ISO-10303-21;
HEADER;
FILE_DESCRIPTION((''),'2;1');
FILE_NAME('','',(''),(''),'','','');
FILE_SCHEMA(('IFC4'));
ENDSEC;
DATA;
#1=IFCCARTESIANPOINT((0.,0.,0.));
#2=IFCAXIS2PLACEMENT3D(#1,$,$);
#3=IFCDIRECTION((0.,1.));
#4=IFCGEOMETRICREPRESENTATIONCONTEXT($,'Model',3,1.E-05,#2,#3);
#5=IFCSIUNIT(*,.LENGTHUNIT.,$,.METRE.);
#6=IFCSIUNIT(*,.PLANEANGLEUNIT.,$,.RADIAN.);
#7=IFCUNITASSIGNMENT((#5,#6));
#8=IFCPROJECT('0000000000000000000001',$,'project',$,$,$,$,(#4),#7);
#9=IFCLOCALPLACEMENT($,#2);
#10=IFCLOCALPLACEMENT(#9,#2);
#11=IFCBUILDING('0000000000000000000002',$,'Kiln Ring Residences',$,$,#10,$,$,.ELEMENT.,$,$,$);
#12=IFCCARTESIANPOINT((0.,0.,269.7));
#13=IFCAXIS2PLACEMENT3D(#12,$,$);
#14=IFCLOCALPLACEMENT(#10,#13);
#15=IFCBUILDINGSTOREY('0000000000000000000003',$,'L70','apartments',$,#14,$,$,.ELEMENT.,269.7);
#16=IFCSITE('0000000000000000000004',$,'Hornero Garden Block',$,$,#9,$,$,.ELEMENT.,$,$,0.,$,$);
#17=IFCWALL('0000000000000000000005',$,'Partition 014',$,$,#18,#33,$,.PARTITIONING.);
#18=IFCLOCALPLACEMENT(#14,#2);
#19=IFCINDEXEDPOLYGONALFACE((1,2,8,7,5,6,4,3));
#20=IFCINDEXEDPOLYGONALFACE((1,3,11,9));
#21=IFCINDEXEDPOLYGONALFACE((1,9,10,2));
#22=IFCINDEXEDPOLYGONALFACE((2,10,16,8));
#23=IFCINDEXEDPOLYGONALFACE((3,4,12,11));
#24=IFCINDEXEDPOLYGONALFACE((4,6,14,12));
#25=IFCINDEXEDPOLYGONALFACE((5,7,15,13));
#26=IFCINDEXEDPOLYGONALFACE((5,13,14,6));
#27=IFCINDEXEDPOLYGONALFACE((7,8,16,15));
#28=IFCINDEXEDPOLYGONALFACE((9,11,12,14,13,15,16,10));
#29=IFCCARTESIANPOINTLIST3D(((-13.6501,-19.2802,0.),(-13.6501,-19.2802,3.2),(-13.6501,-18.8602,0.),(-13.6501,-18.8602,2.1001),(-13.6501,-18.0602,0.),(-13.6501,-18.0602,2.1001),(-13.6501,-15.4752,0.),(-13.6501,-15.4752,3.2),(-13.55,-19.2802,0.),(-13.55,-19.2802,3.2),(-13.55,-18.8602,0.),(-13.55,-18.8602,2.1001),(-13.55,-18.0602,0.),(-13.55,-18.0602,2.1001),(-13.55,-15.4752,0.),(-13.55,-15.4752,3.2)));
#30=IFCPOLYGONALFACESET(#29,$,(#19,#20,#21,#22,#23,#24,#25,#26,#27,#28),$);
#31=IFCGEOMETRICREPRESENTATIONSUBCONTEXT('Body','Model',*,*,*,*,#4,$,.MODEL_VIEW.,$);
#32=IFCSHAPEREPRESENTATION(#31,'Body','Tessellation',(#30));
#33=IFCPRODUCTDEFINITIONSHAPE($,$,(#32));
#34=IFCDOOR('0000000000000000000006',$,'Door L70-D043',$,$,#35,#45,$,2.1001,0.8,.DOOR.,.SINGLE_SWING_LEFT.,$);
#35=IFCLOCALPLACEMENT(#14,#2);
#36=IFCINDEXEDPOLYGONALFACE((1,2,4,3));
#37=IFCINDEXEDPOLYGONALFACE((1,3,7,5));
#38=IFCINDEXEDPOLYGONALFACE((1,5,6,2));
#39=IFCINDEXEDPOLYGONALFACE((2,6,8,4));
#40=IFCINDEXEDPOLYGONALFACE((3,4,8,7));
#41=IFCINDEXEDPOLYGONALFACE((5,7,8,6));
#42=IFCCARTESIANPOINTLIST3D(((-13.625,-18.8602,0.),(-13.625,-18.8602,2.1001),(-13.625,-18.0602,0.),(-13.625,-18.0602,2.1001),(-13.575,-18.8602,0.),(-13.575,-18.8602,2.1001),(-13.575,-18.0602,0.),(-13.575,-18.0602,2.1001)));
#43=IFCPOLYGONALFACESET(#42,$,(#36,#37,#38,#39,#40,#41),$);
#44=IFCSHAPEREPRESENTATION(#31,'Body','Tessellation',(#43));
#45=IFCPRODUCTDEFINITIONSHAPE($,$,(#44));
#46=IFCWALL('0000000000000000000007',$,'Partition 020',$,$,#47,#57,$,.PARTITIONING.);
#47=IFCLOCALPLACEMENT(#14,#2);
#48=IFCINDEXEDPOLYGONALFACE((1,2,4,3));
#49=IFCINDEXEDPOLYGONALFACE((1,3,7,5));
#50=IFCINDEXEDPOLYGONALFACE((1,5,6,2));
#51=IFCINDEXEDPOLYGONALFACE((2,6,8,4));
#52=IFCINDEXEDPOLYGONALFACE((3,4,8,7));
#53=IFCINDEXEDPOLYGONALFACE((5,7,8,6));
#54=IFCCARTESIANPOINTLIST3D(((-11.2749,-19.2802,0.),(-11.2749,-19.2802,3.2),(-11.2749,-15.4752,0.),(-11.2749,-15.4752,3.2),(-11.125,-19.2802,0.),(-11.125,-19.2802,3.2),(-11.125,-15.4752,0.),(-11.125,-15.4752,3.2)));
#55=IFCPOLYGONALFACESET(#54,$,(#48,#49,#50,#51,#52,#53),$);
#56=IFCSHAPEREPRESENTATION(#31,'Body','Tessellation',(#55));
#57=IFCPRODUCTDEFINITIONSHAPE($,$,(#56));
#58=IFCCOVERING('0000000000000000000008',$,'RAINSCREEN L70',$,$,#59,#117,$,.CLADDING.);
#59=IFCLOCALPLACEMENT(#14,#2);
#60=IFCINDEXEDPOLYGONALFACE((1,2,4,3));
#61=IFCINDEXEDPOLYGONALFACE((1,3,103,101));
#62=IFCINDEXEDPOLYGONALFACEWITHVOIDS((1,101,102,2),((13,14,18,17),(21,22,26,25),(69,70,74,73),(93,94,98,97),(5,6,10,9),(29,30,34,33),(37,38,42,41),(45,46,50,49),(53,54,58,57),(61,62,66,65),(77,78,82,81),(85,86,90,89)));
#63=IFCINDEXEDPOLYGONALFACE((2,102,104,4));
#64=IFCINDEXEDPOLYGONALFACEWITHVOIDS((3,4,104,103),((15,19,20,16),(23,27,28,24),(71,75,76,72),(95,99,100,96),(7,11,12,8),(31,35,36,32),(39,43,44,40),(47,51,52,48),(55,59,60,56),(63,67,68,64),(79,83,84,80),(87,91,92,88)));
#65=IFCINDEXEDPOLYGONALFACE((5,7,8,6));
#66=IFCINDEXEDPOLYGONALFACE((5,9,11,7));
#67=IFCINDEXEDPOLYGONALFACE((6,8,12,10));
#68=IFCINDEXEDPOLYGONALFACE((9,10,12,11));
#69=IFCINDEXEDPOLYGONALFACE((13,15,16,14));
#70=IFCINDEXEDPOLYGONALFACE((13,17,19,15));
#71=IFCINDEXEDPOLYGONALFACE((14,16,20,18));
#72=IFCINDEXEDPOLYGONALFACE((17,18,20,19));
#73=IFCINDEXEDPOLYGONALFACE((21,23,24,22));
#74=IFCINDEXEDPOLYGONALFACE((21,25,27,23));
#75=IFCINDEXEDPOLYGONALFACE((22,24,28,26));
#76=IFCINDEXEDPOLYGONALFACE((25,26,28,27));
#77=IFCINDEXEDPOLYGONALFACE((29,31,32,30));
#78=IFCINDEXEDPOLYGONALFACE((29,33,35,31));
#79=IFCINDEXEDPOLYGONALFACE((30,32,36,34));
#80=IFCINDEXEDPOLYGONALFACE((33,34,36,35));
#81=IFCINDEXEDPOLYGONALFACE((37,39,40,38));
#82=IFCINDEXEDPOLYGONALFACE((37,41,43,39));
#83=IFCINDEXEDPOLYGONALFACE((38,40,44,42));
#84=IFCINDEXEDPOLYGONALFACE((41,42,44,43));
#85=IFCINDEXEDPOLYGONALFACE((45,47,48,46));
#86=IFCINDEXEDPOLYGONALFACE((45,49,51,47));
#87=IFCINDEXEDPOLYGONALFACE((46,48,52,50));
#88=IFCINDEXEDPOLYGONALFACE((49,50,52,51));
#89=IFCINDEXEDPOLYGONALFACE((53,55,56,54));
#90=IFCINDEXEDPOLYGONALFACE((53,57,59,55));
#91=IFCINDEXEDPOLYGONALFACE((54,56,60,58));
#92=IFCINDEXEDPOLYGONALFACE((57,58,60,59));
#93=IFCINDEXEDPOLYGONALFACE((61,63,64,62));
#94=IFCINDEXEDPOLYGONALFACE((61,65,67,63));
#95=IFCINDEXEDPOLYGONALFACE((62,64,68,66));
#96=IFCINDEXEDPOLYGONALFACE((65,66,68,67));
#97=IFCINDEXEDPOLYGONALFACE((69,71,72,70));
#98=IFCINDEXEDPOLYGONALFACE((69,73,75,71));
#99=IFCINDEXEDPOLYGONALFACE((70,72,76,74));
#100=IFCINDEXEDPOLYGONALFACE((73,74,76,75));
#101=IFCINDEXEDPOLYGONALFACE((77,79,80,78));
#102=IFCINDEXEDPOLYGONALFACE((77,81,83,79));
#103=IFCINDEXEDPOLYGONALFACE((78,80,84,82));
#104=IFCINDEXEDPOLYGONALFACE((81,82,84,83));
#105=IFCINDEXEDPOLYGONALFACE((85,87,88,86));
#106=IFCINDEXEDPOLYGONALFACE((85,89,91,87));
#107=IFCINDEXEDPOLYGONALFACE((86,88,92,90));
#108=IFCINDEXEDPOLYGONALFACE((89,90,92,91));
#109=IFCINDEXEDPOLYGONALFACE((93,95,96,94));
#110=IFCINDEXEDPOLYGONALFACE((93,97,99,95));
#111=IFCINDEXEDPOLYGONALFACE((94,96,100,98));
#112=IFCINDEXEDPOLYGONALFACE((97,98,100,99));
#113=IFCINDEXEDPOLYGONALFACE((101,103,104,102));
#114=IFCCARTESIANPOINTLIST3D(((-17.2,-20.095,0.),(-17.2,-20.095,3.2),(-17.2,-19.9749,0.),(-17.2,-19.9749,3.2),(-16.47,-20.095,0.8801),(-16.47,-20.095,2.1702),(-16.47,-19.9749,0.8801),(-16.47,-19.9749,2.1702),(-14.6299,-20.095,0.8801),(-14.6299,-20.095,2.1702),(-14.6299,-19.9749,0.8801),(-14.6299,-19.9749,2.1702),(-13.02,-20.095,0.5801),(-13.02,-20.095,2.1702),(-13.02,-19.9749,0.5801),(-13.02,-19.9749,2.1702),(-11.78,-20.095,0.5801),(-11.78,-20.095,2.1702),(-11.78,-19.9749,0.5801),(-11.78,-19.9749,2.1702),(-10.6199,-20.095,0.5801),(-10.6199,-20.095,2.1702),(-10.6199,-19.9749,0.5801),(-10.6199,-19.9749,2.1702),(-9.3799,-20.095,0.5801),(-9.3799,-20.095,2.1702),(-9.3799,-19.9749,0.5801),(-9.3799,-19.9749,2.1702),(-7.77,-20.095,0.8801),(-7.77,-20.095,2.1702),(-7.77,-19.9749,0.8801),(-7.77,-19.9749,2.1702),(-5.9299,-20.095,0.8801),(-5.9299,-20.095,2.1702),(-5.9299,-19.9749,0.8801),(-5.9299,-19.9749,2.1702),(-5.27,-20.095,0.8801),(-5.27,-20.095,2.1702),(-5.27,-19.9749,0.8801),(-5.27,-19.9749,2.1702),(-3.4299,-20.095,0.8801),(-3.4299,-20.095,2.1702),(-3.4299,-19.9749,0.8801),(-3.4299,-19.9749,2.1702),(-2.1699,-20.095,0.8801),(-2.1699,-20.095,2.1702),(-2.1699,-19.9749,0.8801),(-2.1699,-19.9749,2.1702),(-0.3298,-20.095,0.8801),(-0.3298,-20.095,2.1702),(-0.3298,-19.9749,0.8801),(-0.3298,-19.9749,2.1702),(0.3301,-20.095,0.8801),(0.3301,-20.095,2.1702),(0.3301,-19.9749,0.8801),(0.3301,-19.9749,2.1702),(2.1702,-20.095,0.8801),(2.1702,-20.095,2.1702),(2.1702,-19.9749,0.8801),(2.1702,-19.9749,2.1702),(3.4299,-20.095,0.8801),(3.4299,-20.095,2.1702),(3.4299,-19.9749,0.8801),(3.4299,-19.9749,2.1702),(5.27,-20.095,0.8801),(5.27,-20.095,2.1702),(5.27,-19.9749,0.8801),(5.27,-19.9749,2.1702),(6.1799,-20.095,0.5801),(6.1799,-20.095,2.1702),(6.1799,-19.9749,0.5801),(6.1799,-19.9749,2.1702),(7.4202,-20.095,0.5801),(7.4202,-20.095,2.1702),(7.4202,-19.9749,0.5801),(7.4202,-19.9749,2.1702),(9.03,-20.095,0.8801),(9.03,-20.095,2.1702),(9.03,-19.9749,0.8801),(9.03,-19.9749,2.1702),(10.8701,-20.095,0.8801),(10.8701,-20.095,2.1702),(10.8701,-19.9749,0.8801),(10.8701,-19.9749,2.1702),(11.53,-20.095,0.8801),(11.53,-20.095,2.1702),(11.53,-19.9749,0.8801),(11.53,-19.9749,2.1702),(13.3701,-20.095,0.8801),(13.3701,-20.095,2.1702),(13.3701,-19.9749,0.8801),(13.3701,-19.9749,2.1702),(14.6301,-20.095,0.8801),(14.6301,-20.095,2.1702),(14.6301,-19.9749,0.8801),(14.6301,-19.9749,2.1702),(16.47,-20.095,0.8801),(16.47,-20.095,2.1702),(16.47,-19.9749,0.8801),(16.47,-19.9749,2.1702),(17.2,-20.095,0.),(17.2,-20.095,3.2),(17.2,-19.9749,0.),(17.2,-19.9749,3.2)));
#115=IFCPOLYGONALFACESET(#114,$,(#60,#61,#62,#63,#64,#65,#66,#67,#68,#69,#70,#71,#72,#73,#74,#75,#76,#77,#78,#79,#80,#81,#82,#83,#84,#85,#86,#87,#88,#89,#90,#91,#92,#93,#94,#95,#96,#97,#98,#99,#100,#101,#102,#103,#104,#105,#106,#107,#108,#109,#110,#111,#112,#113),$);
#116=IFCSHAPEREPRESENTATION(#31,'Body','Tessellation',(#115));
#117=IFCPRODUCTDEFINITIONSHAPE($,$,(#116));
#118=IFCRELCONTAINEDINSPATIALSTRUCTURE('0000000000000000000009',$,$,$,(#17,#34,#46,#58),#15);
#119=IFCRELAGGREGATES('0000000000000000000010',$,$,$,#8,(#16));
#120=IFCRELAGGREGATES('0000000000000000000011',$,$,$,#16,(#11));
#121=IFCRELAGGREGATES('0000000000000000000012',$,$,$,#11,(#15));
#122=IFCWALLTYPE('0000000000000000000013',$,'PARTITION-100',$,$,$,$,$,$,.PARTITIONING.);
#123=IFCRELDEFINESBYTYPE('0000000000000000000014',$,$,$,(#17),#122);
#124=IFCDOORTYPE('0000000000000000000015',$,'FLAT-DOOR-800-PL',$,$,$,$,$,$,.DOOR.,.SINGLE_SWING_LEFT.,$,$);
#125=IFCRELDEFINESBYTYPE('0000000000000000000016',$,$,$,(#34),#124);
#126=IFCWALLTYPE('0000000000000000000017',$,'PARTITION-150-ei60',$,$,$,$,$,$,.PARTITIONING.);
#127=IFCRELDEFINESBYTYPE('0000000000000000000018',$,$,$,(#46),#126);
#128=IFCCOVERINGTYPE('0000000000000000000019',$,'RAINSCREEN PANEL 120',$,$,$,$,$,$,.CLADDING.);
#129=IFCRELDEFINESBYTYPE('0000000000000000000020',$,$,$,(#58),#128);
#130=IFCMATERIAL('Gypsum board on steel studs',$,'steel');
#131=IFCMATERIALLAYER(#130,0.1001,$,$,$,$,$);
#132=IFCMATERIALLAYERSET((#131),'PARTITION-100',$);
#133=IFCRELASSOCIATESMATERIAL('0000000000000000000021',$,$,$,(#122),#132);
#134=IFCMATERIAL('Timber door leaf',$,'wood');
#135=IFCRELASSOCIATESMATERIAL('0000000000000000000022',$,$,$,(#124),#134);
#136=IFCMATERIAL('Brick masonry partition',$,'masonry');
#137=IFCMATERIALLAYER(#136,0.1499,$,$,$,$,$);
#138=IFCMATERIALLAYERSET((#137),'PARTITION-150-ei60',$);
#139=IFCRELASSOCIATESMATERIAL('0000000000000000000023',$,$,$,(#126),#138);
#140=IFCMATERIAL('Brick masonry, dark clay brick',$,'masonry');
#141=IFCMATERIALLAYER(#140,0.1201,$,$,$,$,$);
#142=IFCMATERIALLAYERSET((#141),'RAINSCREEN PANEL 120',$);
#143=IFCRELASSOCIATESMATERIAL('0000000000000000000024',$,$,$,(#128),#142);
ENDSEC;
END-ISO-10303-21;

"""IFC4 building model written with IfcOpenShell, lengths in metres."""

from ifc_helpers import new_model, si_unit, direction, frame, frame_2d, origin, place, context, subcontext, project, spatial, polyline, rectangle, outline, extrude, material, layer, layer_set, type_object, element, fill, save


model = new_model("IFC4")

# Units and contexts
model_context = context("Model", 3, precision=1e-05, world=origin(), true_north=direction((0.0, 1.0)))
body_context = subcontext(model_context, "Body", "Model", "MODEL_VIEW")
ifc_project = project(units=[si_unit("LENGTHUNIT", "METRE"), si_unit("PLANEANGLEUNIT", "RADIAN")], contexts=[model_context])

# Site, building, storey
site_placement = place(None, origin())
site = spatial("IfcSite", under=ifc_project, at=site_placement, Name="Hornero Garden Block", CompositionType="ELEMENT", RefElevation=0.0)
building_placement = place(site_placement, origin())
building = spatial("IfcBuilding", under=site, at=building_placement, Name="Kiln Ring Residences", CompositionType="ELEMENT")
storey_placement = place(building_placement, frame((0.0, 0.0, 269.7)))
storey = spatial("IfcBuildingStorey", under=building, at=storey_placement, Name="L70", Description="apartments", CompositionType="ELEMENT", Elevation=269.7)

# Wall, opening, door
ifc_material_1 = material(Name="Gypsum board on steel studs", Category="steel")
ifc_layer_1 = layer(ifc_material_1, 0.1001)
ifc_layer_set_1 = layer_set([ifc_layer_1], Name="PARTITION-100")
wall_type_1 = type_object("IfcWallType", Name="PARTITION-100", PredefinedType="PARTITIONING", material=ifc_layer_set_1)
wall_1_placement = place(storey_placement, frame((-13.6001, -19.28, 0.0), z_axis=(0.0, 0.0, 1.0), x_axis=(0.0, 1.0, 0.0)))
wall_1 = element("IfcWall", 1, at=wall_1_placement, inside=storey, type_object=wall_type_1, Name="Partition 014", PredefinedType="PARTITIONING", context=body_context, shape_type="SweptSolid", body=[
    extrude(rectangle(XDim=3.8049, YDim=0.1001, at=frame_2d((1.9023, 0.0))), origin(), (0.0, 0.0, 1.0), 3.2),
])
opening_1_placement = place(wall_1_placement, frame((0.4199, 0.0, 0.0)))
opening_1 = element("IfcOpeningElement", 2, at=opening_1_placement, cuts=wall_1, PredefinedType="OPENING", context=body_context, shape_type="SweptSolid", body=[
    extrude(rectangle(XDim=0.8, YDim=2.1001, at=frame_2d((0.3999, 1.05))), frame((0.0, 0.0601, 0.0), z_axis=(0.0, -1.0, 0.0), x_axis=(1.0, 0.0, 0.0)), (0.0, 0.0, 1.0), 0.1201),
])
ifc_material_2 = material(Name="Timber door leaf", Category="wood")
door_type_1 = type_object("IfcDoorType", Name="FLAT-DOOR-800-PL", OperationType="SINGLE_SWING_LEFT", PredefinedType="DOOR", material=ifc_material_2)
door_1_placement = place(opening_1_placement, origin())
door_1 = element("IfcDoor", 3, at=door_1_placement, inside=storey, type_object=door_type_1, Name="Door L70-D043", OperationType="SINGLE_SWING_LEFT", OverallHeight=2.1001, OverallWidth=0.8, PredefinedType="DOOR", context=body_context, shape_type="SweptSolid", body=[
    extrude(rectangle(XDim=0.8, YDim=2.1001, at=frame_2d((0.3999, 1.05))), frame((0.0, 0.0249, 0.0), z_axis=(0.0, -1.0, 0.0), x_axis=(1.0, 0.0, 0.0)), (0.0, 0.0, 1.0), 0.05),
])
fill(opening_1, door_1)

# Wall
ifc_material_3 = material(Name="Brick masonry partition", Category="masonry")
ifc_layer_2 = layer(ifc_material_3, 0.1499)
ifc_layer_set_2 = layer_set([ifc_layer_2], Name="PARTITION-150-ei60")
wall_type_2 = type_object("IfcWallType", Name="PARTITION-150-ei60", PredefinedType="PARTITIONING", material=ifc_layer_set_2)
wall_2_placement = place(storey_placement, frame((-11.2, -19.28, 0.0), z_axis=(0.0, 0.0, 1.0), x_axis=(0.0, 1.0, 0.0)))
element("IfcWall", 4, at=wall_2_placement, inside=storey, type_object=wall_type_2, Name="Partition 020", PredefinedType="PARTITIONING", context=body_context, shape_type="SweptSolid", body=[
    extrude(rectangle(XDim=3.8049, YDim=0.1499, at=frame_2d((1.9023, 0.0))), origin(), (0.0, 0.0, 1.0), 3.2),
])

# Covering
ifc_material_4 = material(Name="Brick masonry, dark clay brick", Category="masonry")
ifc_layer_3 = layer(ifc_material_4, 0.1201)
ifc_layer_set_3 = layer_set([ifc_layer_3], Name="RAINSCREEN PANEL 120")
covering_type = type_object("IfcCoveringType", Name="RAINSCREEN PANEL 120", PredefinedType="CLADDING", material=ifc_layer_set_3)
covering_placement = place(storey_placement, frame((-17.2, -20.0349, 0.0), z_axis=(0.0, 0.0, 1.0), x_axis=(1.0, 0.0, 0.0)))
element("IfcCovering", 5, at=covering_placement, inside=storey, type_object=covering_type, Name="RAINSCREEN L70", PredefinedType="CLADDING", context=body_context, shape_type="SweptSolid", body=[
    extrude(outline(polyline([(0.0, 0.0), (34.3999, 0.0), (34.3999, 3.2), (0.0, 3.2), (0.0, 0.0)]), holes=[polyline([(4.1799, 0.5801), (5.4199, 0.5801), (5.4199, 2.1702), (4.1799, 2.1702), (4.1799, 0.5801)]), polyline([(6.5801, 2.1702), (6.5801, 0.5801), (7.8201, 0.5801), (7.8201, 2.1702), (6.5801, 2.1702)]), polyline([(0.73, 2.1702), (0.73, 0.8801), (2.5701, 0.8801), (2.5701, 2.1702), (0.73, 2.1702)]), polyline([(9.4299, 0.8801), (11.27, 0.8801), (11.27, 2.1702), (9.4299, 2.1702), (9.4299, 0.8801)]), polyline([(11.9299, 2.1702), (11.9299, 0.8801), (13.77, 0.8801), (13.77, 2.1702), (11.9299, 2.1702)]), polyline([(15.03, 2.1702), (15.03, 0.8801), (16.8701, 0.8801), (16.8701, 2.1702), (15.03, 2.1702)]), polyline([(23.3799, 0.5801), (24.6201, 0.5801), (24.6201, 2.1702), (23.3799, 2.1702), (23.3799, 0.5801)]), polyline([(17.53, 2.1702), (17.53, 0.8801), (19.3701, 0.8801), (19.3701, 2.1702), (17.53, 2.1702)]), polyline([(20.6299, 2.1702), (20.6299, 0.8801), (22.47, 0.8801), (22.47, 2.1702), (20.6299, 2.1702)]), polyline([(26.23, 0.8801), (28.0701, 0.8801), (28.0701, 2.1702), (26.23, 2.1702), (26.23, 0.8801)]), polyline([(28.73, 2.1702), (28.73, 0.8801), (30.5701, 0.8801), (30.5701, 2.1702), (28.73, 2.1702)]), polyline([(31.8301, 2.1702), (31.8301, 0.8801), (33.6699, 0.8801), (33.6699, 2.1702), (31.8301, 2.1702)])]), frame((0.0, 0.0601, 0.0), z_axis=(0.0, -1.0, 0.0), x_axis=(1.0, 0.0, 0.0)), (0.0, 0.0, 1.0), 0.1201),
])

save(model, "model.ifc")
